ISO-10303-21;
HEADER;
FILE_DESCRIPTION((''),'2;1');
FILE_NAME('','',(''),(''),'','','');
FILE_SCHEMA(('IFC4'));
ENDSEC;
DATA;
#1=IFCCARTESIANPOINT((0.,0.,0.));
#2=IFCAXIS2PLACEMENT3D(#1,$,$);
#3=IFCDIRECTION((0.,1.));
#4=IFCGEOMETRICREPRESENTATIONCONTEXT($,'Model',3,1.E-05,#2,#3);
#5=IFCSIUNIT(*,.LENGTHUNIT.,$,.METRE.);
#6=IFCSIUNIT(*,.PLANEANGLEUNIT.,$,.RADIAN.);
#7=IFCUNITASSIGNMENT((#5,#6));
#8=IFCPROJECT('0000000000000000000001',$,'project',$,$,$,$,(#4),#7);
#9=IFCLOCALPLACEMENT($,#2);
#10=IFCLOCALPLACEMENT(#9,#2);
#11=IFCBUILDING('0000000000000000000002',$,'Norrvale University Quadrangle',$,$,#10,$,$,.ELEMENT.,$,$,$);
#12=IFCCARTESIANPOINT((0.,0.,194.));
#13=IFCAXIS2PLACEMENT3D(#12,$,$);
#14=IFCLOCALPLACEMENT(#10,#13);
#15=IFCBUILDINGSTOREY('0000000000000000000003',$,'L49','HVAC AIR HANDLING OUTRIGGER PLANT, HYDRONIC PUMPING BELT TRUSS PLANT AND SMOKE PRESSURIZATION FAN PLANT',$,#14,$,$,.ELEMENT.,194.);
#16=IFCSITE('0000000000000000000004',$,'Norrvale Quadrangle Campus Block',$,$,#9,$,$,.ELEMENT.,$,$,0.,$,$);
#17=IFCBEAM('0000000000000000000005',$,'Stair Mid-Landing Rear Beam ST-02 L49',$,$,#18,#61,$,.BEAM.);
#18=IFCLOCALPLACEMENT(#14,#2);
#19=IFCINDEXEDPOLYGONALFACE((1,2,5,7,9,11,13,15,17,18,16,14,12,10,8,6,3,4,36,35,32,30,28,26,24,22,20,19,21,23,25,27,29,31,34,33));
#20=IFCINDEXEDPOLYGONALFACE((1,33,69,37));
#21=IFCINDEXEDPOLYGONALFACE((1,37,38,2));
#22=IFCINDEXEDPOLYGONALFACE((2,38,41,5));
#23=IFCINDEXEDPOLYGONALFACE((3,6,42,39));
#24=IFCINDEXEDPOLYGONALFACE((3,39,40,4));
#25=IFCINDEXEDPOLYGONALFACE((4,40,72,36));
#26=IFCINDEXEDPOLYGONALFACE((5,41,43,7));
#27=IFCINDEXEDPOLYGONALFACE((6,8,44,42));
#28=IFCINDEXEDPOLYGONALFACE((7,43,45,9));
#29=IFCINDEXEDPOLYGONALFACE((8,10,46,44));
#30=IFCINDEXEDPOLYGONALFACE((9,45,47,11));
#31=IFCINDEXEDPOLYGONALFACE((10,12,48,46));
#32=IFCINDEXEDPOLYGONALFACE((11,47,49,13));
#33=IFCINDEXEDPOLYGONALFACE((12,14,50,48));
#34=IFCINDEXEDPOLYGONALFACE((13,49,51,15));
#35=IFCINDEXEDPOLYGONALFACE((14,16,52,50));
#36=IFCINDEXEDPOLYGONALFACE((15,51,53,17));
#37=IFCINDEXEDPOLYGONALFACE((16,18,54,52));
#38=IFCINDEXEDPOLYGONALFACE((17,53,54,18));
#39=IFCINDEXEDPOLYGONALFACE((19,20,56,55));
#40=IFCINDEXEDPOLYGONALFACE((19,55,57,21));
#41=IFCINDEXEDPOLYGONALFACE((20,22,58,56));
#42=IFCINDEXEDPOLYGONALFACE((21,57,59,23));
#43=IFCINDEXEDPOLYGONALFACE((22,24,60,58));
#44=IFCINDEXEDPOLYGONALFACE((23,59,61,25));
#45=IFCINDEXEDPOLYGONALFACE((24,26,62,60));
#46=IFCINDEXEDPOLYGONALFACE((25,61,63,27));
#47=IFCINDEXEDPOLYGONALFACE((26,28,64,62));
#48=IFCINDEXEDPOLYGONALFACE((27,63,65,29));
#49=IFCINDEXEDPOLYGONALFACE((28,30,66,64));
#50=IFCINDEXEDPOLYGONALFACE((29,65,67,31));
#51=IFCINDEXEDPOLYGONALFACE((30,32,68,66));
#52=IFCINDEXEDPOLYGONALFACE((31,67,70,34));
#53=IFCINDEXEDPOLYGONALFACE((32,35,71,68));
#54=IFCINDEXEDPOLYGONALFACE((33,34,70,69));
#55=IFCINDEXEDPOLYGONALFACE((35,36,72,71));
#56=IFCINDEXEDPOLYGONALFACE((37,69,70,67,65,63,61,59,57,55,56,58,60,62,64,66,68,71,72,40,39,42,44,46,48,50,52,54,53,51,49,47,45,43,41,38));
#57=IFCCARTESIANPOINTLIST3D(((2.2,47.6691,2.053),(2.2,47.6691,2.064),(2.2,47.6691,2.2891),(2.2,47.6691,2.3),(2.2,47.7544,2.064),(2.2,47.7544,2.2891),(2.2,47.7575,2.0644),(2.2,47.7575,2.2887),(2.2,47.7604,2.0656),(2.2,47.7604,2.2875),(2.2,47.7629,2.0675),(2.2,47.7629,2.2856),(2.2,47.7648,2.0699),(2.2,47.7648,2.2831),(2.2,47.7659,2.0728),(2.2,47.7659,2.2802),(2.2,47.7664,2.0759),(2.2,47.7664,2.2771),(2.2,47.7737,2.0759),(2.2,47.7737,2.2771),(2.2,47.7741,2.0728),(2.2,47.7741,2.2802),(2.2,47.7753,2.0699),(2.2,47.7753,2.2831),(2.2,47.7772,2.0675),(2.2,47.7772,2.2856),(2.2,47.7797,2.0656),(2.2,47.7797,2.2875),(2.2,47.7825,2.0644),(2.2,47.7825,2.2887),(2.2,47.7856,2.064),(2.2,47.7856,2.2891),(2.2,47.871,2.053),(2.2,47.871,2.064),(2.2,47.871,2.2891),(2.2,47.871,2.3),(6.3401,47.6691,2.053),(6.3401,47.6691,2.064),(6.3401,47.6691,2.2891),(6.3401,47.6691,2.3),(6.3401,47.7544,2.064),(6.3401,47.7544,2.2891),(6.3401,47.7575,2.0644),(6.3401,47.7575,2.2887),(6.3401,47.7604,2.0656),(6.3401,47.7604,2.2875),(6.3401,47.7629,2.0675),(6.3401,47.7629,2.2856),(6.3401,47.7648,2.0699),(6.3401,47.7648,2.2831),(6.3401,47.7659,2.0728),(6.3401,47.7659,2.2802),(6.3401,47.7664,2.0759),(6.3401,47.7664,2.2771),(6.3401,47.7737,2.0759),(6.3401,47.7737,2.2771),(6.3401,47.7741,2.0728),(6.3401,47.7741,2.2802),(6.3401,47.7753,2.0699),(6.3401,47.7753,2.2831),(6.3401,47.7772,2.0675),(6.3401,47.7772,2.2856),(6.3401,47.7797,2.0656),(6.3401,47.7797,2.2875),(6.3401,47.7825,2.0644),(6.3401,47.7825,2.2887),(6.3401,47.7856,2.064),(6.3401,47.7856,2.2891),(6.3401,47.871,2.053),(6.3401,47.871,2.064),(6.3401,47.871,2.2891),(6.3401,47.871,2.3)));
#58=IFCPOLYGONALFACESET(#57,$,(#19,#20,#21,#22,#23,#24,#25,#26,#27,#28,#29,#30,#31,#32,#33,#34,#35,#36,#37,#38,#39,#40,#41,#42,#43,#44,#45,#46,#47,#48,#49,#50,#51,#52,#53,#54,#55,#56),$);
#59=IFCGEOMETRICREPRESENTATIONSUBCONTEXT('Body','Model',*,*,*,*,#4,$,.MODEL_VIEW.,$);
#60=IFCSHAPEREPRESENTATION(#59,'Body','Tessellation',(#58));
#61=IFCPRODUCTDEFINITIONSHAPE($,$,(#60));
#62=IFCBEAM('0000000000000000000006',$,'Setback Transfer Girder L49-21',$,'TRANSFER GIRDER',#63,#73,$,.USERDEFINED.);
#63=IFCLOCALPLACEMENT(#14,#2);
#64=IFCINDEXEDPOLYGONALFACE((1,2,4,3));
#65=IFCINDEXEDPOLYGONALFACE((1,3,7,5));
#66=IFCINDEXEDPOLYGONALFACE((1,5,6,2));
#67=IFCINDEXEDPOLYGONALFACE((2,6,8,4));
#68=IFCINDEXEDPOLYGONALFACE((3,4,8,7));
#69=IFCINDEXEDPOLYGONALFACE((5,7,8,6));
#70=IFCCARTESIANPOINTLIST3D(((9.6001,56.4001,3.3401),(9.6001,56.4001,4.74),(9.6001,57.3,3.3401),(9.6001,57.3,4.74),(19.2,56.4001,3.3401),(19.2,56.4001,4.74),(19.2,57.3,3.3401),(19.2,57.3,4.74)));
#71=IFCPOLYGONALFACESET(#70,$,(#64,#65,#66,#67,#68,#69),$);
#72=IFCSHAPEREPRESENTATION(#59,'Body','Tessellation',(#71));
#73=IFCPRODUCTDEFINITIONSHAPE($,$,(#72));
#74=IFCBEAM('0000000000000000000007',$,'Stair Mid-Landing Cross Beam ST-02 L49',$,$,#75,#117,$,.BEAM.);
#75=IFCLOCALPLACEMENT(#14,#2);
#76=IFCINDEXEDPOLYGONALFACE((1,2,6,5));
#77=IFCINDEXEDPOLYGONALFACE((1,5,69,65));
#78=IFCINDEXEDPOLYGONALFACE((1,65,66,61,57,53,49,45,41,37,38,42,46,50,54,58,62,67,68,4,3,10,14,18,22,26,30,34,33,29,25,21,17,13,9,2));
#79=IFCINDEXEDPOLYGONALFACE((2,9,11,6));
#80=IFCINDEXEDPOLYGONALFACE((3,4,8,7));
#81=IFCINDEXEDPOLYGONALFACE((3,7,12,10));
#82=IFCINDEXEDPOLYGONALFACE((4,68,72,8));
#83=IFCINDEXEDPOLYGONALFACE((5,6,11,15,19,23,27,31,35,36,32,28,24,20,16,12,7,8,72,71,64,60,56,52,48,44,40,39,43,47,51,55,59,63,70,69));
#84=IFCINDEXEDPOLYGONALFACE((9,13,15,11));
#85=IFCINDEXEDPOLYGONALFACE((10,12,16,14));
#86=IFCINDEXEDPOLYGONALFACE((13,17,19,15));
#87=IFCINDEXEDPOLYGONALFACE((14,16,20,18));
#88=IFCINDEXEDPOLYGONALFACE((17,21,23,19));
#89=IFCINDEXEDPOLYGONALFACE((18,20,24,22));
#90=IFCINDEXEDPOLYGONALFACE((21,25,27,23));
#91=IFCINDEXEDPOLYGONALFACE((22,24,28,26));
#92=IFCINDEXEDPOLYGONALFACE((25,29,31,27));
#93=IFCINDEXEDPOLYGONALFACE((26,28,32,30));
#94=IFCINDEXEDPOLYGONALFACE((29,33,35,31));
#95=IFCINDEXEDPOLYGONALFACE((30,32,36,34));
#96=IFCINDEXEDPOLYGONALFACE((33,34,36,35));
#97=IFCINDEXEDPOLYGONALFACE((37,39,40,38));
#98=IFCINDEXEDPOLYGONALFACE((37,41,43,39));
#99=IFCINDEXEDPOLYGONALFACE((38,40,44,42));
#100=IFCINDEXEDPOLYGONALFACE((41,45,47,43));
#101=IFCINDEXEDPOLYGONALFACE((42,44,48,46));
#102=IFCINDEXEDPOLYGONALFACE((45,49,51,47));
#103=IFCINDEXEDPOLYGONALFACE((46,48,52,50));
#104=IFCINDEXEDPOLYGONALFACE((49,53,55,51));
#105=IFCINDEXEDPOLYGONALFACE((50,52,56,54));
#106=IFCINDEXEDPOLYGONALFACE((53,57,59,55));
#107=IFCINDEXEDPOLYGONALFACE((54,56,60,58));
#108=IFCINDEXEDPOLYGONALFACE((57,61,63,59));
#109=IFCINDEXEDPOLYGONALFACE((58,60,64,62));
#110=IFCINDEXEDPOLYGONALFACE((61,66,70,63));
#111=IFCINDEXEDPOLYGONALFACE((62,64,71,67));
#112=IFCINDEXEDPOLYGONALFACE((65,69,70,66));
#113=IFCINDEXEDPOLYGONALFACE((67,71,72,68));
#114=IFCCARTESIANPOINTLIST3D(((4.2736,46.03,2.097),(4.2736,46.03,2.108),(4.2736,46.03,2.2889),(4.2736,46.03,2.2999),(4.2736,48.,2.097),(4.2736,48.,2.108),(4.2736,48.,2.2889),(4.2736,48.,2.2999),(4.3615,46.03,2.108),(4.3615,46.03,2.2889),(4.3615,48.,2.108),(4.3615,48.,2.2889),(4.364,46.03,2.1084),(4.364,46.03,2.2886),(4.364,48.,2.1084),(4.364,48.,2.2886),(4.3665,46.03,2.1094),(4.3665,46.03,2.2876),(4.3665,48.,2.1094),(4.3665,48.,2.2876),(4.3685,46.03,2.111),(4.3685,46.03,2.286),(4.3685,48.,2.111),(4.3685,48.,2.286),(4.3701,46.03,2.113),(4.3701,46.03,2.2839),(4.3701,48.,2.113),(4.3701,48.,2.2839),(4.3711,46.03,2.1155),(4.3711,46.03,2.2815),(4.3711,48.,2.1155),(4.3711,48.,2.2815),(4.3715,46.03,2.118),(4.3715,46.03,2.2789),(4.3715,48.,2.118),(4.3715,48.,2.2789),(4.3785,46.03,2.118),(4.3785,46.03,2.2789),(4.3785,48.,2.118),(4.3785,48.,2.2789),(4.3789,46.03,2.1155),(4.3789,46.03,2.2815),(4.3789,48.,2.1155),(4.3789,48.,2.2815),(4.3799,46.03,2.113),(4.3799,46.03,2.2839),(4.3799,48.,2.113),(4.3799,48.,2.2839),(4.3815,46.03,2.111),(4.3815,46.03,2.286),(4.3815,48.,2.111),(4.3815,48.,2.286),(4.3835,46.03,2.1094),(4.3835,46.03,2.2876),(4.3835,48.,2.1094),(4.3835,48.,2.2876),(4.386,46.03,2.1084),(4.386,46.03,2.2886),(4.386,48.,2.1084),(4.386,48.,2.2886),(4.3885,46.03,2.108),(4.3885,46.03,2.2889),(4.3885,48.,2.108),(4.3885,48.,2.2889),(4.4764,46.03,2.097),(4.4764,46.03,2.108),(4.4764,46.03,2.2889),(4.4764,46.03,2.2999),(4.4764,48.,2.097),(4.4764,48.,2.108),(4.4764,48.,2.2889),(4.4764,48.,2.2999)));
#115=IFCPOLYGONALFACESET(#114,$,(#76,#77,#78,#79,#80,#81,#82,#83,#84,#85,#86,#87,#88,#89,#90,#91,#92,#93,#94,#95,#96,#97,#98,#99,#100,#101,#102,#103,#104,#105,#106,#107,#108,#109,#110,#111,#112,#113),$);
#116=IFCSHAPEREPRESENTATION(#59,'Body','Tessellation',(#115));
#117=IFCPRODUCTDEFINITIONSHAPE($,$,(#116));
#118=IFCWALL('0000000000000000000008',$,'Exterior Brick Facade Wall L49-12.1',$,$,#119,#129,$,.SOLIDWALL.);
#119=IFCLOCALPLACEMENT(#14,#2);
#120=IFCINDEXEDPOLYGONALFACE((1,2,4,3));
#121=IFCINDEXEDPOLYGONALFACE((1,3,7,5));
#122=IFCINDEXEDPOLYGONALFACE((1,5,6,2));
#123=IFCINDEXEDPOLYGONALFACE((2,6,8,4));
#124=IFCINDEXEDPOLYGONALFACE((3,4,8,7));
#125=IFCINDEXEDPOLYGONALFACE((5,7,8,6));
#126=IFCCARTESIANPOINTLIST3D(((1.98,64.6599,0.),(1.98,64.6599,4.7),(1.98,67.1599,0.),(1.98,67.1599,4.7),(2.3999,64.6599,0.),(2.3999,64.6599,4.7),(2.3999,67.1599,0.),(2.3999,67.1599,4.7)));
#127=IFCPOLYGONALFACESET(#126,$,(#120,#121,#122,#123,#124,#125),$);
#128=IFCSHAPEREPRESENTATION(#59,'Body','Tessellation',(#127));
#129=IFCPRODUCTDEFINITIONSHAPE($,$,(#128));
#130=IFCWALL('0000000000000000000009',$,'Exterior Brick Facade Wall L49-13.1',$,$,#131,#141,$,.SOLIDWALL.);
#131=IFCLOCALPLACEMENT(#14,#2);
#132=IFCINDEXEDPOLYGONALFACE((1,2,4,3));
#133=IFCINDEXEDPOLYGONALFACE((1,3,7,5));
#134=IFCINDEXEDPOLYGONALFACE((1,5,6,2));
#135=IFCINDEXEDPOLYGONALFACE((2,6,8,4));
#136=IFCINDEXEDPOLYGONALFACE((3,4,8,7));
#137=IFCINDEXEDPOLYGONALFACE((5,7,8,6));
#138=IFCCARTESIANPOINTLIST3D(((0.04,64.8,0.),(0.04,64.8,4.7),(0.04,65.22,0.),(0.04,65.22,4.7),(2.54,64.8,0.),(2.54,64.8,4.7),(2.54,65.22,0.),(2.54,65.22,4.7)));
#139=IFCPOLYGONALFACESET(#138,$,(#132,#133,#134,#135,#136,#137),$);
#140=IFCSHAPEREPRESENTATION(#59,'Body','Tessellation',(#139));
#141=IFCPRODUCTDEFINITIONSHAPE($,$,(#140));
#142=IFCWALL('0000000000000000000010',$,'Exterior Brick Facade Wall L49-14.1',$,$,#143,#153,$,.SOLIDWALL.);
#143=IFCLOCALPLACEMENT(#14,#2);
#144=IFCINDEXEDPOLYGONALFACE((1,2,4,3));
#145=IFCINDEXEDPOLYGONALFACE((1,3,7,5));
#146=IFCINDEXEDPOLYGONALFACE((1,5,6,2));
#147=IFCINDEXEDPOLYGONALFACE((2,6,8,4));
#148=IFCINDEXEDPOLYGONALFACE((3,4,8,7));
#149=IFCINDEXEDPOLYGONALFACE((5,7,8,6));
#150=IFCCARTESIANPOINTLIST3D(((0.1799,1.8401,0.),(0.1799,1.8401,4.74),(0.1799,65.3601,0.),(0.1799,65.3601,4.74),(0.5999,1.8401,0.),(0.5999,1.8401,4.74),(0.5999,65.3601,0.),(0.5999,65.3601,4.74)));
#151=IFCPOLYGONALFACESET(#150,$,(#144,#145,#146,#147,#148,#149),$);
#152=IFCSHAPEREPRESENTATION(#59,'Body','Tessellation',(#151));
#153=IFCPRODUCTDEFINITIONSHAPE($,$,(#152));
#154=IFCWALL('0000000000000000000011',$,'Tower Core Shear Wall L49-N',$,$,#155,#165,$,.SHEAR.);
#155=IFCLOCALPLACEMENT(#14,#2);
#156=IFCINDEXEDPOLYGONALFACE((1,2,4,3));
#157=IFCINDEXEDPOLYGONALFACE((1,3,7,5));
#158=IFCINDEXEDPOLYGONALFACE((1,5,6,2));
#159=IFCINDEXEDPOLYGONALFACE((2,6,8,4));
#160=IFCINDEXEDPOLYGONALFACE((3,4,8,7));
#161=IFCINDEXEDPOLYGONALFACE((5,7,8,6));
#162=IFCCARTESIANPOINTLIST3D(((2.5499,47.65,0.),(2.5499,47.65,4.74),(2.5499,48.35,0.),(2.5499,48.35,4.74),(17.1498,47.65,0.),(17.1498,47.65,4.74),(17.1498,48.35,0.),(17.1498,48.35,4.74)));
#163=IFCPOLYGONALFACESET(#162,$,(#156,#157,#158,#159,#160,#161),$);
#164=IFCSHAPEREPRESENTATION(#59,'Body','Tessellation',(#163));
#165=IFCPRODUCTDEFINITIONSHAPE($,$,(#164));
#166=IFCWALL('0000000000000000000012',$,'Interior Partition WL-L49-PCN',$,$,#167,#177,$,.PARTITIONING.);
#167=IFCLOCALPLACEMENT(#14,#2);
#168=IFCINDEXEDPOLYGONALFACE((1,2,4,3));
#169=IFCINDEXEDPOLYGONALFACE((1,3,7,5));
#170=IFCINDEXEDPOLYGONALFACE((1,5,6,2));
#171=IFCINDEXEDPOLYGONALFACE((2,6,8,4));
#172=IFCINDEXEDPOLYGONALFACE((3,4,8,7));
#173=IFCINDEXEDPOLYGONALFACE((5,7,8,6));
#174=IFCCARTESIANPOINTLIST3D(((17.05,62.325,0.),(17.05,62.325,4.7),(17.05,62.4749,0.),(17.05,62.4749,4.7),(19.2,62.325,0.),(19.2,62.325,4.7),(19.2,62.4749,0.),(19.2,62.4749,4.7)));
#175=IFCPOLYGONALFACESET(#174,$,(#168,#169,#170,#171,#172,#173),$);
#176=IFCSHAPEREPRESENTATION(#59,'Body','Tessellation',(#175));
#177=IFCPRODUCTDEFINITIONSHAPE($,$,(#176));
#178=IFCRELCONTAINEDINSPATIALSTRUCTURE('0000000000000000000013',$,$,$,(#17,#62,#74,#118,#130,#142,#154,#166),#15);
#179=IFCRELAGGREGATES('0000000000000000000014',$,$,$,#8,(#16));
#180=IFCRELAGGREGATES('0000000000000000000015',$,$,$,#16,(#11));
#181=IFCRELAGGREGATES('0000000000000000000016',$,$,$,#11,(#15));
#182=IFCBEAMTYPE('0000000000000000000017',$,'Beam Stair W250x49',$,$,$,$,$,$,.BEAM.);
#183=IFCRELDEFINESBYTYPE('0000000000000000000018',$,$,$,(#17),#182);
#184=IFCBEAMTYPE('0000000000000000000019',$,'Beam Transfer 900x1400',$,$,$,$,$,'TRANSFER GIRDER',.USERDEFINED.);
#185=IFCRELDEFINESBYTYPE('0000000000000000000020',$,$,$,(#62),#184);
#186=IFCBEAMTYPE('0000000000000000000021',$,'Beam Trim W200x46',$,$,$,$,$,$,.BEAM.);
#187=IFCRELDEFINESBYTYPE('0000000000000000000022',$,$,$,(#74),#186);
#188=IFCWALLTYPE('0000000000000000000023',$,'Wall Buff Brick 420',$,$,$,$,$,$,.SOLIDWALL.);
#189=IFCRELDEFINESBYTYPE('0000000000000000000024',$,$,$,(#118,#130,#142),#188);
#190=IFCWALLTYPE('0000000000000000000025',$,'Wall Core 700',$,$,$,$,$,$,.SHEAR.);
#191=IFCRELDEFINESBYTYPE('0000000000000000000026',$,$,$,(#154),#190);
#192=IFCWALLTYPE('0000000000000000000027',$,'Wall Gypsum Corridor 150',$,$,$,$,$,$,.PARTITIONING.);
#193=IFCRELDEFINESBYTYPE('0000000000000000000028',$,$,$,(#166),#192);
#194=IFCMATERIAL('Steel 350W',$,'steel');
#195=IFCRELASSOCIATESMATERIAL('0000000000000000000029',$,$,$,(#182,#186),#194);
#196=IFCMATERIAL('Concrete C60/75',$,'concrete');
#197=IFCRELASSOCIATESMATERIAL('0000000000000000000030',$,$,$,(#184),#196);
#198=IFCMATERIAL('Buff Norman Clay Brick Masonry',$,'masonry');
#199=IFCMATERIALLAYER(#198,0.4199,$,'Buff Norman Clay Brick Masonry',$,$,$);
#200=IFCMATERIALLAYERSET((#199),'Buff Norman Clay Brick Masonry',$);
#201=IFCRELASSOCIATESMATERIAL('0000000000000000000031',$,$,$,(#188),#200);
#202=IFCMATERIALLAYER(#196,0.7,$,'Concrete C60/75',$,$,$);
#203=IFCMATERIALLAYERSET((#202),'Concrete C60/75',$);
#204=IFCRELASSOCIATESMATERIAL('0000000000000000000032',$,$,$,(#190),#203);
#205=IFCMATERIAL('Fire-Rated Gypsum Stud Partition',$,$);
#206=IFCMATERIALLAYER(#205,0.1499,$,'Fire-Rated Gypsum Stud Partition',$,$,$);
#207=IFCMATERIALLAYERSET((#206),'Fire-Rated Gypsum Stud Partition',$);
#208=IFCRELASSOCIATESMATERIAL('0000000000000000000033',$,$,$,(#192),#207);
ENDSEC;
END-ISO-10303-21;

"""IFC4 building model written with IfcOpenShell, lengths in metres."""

from ifc_helpers import new_model, si_unit, direction, frame, frame_2d, origin, origin_2d, place, context, subcontext, project, spatial, rectangle, i_section, extrude, material, layer, layer_set, material_profile, profile_set, type_object, element, save


model = new_model("IFC4")

# Units and contexts
model_context = context("Model", 3, precision=1e-05, world=origin(), true_north=direction((0.0, 1.0)))
body_context = subcontext(model_context, "Body", "Model", "MODEL_VIEW")
ifc_project = project(units=[si_unit("LENGTHUNIT", "METRE"), si_unit("PLANEANGLEUNIT", "RADIAN")], contexts=[model_context])

# Site, building, storey
site_placement = place(None, origin())
site = spatial("IfcSite", under=ifc_project, at=site_placement, Name="Norrvale Quadrangle Campus Block", CompositionType="ELEMENT", RefElevation=0.0)
building_placement = place(site_placement, origin())
building = spatial("IfcBuilding", under=site, at=building_placement, Name="Norrvale University Quadrangle", CompositionType="ELEMENT")
storey_placement = place(building_placement, frame((0.0, 0.0, 194.0)))
storey = spatial("IfcBuildingStorey", under=building, at=storey_placement, Name="L49", Description="HVAC AIR HANDLING OUTRIGGER PLANT, HYDRONIC PUMPING BELT TRUSS PLANT AND SMOKE PRESSURIZATION FAN PLANT", CompositionType="ELEMENT", Elevation=194.0)

# Shared definitions
ifc_material_1 = material(Name="Concrete C60/75", Category="concrete")

# Beams
ifc_material_2 = material(Name="Steel 350W", Category="steel")
ifc_material_profile_1 = material_profile(ifc_material_2, i_section(OverallWidth=0.2019, OverallDepth=0.2471, WebThickness=0.0073, FlangeThickness=0.011, FilletRadius=0.012, at=origin_2d()), Name="Steel 350W")
ifc_profile_set_1 = profile_set([ifc_material_profile_1], Name="Steel 350W")
beam_type_1 = type_object("IfcBeamType", Name="Beam Stair W250x49", PredefinedType="BEAM", material=ifc_profile_set_1)
for number, where, z_axis, x_axis, name in (
    (1, (2.2, 47.77, 2.1765), (1.0, 0.0, 0.0), (0.0, 1.0, 0.0), "Stair Mid-Landing Rear Beam ST-02 L49"),
):
    element("IfcBeam", number, at=place(storey_placement, frame(where, z_axis=z_axis, x_axis=x_axis)), inside=storey, type_object=beam_type_1, Name=name, PredefinedType="BEAM", context=body_context, shape_type="SweptSolid", body=[
        extrude(i_section(OverallWidth=0.2019, OverallDepth=0.2471, WebThickness=0.0073, FlangeThickness=0.011, FilletRadius=0.012, at=origin_2d()), origin(), (0.0, 0.0, 1.0), 4.1401),
    ])
ifc_material_profile_2 = material_profile(ifc_material_1, rectangle(XDim=0.8999, YDim=1.3999, at=origin_2d()), Name="Concrete C60/75")
ifc_profile_set_2 = profile_set([ifc_material_profile_2], Name="Concrete C60/75")
beam_type_2 = type_object("IfcBeamType", Name="Beam Transfer 900x1400", ElementType="TRANSFER GIRDER", PredefinedType="USERDEFINED", material=ifc_profile_set_2)
beam_1_placement = place(storey_placement, frame((9.6001, 56.8501, 4.04), z_axis=(1.0, 0.0, 0.0), x_axis=(0.0, 1.0, 0.0)))
element("IfcBeam", 2, at=beam_1_placement, inside=storey, type_object=beam_type_2, Name="Setback Transfer Girder L49-21", ObjectType="TRANSFER GIRDER", PredefinedType="USERDEFINED", context=body_context, shape_type="SweptSolid", body=[
    extrude(rectangle(XDim=0.8999, YDim=1.3999, at=origin_2d()), origin(), (0.0, 0.0, 1.0), 9.5999),
])
ifc_material_profile_3 = material_profile(ifc_material_2, i_section(OverallWidth=0.2029, OverallDepth=0.2029, WebThickness=0.0071, FlangeThickness=0.011, FilletRadius=0.01, at=origin_2d()), Name="Steel 350W")
ifc_profile_set_3 = profile_set([ifc_material_profile_3], Name="Steel 350W")
beam_type_3 = type_object("IfcBeamType", Name="Beam Trim W200x46", PredefinedType="BEAM", material=ifc_profile_set_3)
beam_2_placement = place(storey_placement, frame((4.375, 46.03, 2.1985), z_axis=(0.0, 1.0, 0.0), x_axis=(-1.0, 0.0, 0.0)))
element("IfcBeam", 3, at=beam_2_placement, inside=storey, type_object=beam_type_3, Name="Stair Mid-Landing Cross Beam ST-02 L49", PredefinedType="BEAM", context=body_context, shape_type="SweptSolid", body=[
    extrude(i_section(OverallWidth=0.2029, OverallDepth=0.2029, WebThickness=0.0071, FlangeThickness=0.011, FilletRadius=0.01, at=origin_2d()), origin(), (0.0, 0.0, 1.0), 1.97),
])

# Walls
ifc_material_3 = material(Name="Buff Norman Clay Brick Masonry", Category="masonry")
ifc_layer_1 = layer(ifc_material_3, 0.4199, Name="Buff Norman Clay Brick Masonry")
ifc_layer_set_1 = layer_set([ifc_layer_1], Name="Buff Norman Clay Brick Masonry")
wall_type_1 = type_object("IfcWallType", Name="Wall Buff Brick 420", PredefinedType="SOLIDWALL", material=ifc_layer_set_1)
for number, where, z_axis, x_axis, name in (
    (4, (2.1899, 67.1599, 0.0), (0.0, 0.0, 1.0), (0.0, -1.0, 0.0), "Exterior Brick Facade Wall L49-12.1"),
    (5, (2.54, 65.01, 0.0), (0.0, 0.0, 1.0), (-1.0, 0.0, 0.0), "Exterior Brick Facade Wall L49-13.1"),
):
    element("IfcWall", number, at=place(storey_placement, frame(where, z_axis=z_axis, x_axis=x_axis)), inside=storey, type_object=wall_type_1, Name=name, PredefinedType="SOLIDWALL", context=body_context, shape_type="SweptSolid", body=[
        extrude(rectangle(XDim=2.5, YDim=0.4199, at=frame_2d((1.25, 0.0))), origin(), (0.0, 0.0, 1.0), 4.7),
    ])
wall_1_placement = place(storey_placement, frame((0.3899, 65.3601, 0.0), z_axis=(0.0, 0.0, 1.0), x_axis=(0.0, -1.0, 0.0)))
element("IfcWall", 6, at=wall_1_placement, inside=storey, type_object=wall_type_1, Name="Exterior Brick Facade Wall L49-14.1", PredefinedType="SOLIDWALL", context=body_context, shape_type="SweptSolid", body=[
    extrude(rectangle(XDim=63.52, YDim=0.4199, at=frame_2d((31.76, 0.0))), origin(), (0.0, 0.0, 1.0), 4.74),
])
ifc_layer_2 = layer(ifc_material_1, 0.7, Name="Concrete C60/75")
ifc_layer_set_2 = layer_set([ifc_layer_2], Name="Concrete C60/75")
wall_type_2 = type_object("IfcWallType", Name="Wall Core 700", PredefinedType="SHEAR", material=ifc_layer_set_2)
wall_2_placement = place(storey_placement, frame((2.55, 48.0, 0.0), z_axis=(0.0, 0.0, 1.0), x_axis=(1.0, 0.0, 0.0)))
element("IfcWall", 7, at=wall_2_placement, inside=storey, type_object=wall_type_2, Name="Tower Core Shear Wall L49-N", PredefinedType="SHEAR", context=body_context, shape_type="SweptSolid", body=[
    extrude(rectangle(XDim=14.5999, YDim=0.7, at=frame_2d((7.2998, 0.0))), origin(), (0.0, 0.0, 1.0), 4.74),
])
ifc_material_4 = material(Name="Fire-Rated Gypsum Stud Partition")
ifc_layer_3 = layer(ifc_material_4, 0.1499, Name="Fire-Rated Gypsum Stud Partition")
ifc_layer_set_3 = layer_set([ifc_layer_3], Name="Fire-Rated Gypsum Stud Partition")
wall_type_3 = type_object("IfcWallType", Name="Wall Gypsum Corridor 150", PredefinedType="PARTITIONING", material=ifc_layer_set_3)
wall_3_placement = place(storey_placement, frame((17.05, 62.3999, 0.0), z_axis=(0.0, 0.0, 1.0), x_axis=(1.0, 0.0, 0.0)))
element("IfcWall", 8, at=wall_3_placement, inside=storey, type_object=wall_type_3, Name="Interior Partition WL-L49-PCN", PredefinedType="PARTITIONING", context=body_context, shape_type="SweptSolid", body=[
    extrude(rectangle(XDim=2.1499, YDim=0.1499, at=frame_2d((1.075, 0.0))), origin(), (0.0, 0.0, 1.0), 4.7),
])

save(model, "model.ifc")
